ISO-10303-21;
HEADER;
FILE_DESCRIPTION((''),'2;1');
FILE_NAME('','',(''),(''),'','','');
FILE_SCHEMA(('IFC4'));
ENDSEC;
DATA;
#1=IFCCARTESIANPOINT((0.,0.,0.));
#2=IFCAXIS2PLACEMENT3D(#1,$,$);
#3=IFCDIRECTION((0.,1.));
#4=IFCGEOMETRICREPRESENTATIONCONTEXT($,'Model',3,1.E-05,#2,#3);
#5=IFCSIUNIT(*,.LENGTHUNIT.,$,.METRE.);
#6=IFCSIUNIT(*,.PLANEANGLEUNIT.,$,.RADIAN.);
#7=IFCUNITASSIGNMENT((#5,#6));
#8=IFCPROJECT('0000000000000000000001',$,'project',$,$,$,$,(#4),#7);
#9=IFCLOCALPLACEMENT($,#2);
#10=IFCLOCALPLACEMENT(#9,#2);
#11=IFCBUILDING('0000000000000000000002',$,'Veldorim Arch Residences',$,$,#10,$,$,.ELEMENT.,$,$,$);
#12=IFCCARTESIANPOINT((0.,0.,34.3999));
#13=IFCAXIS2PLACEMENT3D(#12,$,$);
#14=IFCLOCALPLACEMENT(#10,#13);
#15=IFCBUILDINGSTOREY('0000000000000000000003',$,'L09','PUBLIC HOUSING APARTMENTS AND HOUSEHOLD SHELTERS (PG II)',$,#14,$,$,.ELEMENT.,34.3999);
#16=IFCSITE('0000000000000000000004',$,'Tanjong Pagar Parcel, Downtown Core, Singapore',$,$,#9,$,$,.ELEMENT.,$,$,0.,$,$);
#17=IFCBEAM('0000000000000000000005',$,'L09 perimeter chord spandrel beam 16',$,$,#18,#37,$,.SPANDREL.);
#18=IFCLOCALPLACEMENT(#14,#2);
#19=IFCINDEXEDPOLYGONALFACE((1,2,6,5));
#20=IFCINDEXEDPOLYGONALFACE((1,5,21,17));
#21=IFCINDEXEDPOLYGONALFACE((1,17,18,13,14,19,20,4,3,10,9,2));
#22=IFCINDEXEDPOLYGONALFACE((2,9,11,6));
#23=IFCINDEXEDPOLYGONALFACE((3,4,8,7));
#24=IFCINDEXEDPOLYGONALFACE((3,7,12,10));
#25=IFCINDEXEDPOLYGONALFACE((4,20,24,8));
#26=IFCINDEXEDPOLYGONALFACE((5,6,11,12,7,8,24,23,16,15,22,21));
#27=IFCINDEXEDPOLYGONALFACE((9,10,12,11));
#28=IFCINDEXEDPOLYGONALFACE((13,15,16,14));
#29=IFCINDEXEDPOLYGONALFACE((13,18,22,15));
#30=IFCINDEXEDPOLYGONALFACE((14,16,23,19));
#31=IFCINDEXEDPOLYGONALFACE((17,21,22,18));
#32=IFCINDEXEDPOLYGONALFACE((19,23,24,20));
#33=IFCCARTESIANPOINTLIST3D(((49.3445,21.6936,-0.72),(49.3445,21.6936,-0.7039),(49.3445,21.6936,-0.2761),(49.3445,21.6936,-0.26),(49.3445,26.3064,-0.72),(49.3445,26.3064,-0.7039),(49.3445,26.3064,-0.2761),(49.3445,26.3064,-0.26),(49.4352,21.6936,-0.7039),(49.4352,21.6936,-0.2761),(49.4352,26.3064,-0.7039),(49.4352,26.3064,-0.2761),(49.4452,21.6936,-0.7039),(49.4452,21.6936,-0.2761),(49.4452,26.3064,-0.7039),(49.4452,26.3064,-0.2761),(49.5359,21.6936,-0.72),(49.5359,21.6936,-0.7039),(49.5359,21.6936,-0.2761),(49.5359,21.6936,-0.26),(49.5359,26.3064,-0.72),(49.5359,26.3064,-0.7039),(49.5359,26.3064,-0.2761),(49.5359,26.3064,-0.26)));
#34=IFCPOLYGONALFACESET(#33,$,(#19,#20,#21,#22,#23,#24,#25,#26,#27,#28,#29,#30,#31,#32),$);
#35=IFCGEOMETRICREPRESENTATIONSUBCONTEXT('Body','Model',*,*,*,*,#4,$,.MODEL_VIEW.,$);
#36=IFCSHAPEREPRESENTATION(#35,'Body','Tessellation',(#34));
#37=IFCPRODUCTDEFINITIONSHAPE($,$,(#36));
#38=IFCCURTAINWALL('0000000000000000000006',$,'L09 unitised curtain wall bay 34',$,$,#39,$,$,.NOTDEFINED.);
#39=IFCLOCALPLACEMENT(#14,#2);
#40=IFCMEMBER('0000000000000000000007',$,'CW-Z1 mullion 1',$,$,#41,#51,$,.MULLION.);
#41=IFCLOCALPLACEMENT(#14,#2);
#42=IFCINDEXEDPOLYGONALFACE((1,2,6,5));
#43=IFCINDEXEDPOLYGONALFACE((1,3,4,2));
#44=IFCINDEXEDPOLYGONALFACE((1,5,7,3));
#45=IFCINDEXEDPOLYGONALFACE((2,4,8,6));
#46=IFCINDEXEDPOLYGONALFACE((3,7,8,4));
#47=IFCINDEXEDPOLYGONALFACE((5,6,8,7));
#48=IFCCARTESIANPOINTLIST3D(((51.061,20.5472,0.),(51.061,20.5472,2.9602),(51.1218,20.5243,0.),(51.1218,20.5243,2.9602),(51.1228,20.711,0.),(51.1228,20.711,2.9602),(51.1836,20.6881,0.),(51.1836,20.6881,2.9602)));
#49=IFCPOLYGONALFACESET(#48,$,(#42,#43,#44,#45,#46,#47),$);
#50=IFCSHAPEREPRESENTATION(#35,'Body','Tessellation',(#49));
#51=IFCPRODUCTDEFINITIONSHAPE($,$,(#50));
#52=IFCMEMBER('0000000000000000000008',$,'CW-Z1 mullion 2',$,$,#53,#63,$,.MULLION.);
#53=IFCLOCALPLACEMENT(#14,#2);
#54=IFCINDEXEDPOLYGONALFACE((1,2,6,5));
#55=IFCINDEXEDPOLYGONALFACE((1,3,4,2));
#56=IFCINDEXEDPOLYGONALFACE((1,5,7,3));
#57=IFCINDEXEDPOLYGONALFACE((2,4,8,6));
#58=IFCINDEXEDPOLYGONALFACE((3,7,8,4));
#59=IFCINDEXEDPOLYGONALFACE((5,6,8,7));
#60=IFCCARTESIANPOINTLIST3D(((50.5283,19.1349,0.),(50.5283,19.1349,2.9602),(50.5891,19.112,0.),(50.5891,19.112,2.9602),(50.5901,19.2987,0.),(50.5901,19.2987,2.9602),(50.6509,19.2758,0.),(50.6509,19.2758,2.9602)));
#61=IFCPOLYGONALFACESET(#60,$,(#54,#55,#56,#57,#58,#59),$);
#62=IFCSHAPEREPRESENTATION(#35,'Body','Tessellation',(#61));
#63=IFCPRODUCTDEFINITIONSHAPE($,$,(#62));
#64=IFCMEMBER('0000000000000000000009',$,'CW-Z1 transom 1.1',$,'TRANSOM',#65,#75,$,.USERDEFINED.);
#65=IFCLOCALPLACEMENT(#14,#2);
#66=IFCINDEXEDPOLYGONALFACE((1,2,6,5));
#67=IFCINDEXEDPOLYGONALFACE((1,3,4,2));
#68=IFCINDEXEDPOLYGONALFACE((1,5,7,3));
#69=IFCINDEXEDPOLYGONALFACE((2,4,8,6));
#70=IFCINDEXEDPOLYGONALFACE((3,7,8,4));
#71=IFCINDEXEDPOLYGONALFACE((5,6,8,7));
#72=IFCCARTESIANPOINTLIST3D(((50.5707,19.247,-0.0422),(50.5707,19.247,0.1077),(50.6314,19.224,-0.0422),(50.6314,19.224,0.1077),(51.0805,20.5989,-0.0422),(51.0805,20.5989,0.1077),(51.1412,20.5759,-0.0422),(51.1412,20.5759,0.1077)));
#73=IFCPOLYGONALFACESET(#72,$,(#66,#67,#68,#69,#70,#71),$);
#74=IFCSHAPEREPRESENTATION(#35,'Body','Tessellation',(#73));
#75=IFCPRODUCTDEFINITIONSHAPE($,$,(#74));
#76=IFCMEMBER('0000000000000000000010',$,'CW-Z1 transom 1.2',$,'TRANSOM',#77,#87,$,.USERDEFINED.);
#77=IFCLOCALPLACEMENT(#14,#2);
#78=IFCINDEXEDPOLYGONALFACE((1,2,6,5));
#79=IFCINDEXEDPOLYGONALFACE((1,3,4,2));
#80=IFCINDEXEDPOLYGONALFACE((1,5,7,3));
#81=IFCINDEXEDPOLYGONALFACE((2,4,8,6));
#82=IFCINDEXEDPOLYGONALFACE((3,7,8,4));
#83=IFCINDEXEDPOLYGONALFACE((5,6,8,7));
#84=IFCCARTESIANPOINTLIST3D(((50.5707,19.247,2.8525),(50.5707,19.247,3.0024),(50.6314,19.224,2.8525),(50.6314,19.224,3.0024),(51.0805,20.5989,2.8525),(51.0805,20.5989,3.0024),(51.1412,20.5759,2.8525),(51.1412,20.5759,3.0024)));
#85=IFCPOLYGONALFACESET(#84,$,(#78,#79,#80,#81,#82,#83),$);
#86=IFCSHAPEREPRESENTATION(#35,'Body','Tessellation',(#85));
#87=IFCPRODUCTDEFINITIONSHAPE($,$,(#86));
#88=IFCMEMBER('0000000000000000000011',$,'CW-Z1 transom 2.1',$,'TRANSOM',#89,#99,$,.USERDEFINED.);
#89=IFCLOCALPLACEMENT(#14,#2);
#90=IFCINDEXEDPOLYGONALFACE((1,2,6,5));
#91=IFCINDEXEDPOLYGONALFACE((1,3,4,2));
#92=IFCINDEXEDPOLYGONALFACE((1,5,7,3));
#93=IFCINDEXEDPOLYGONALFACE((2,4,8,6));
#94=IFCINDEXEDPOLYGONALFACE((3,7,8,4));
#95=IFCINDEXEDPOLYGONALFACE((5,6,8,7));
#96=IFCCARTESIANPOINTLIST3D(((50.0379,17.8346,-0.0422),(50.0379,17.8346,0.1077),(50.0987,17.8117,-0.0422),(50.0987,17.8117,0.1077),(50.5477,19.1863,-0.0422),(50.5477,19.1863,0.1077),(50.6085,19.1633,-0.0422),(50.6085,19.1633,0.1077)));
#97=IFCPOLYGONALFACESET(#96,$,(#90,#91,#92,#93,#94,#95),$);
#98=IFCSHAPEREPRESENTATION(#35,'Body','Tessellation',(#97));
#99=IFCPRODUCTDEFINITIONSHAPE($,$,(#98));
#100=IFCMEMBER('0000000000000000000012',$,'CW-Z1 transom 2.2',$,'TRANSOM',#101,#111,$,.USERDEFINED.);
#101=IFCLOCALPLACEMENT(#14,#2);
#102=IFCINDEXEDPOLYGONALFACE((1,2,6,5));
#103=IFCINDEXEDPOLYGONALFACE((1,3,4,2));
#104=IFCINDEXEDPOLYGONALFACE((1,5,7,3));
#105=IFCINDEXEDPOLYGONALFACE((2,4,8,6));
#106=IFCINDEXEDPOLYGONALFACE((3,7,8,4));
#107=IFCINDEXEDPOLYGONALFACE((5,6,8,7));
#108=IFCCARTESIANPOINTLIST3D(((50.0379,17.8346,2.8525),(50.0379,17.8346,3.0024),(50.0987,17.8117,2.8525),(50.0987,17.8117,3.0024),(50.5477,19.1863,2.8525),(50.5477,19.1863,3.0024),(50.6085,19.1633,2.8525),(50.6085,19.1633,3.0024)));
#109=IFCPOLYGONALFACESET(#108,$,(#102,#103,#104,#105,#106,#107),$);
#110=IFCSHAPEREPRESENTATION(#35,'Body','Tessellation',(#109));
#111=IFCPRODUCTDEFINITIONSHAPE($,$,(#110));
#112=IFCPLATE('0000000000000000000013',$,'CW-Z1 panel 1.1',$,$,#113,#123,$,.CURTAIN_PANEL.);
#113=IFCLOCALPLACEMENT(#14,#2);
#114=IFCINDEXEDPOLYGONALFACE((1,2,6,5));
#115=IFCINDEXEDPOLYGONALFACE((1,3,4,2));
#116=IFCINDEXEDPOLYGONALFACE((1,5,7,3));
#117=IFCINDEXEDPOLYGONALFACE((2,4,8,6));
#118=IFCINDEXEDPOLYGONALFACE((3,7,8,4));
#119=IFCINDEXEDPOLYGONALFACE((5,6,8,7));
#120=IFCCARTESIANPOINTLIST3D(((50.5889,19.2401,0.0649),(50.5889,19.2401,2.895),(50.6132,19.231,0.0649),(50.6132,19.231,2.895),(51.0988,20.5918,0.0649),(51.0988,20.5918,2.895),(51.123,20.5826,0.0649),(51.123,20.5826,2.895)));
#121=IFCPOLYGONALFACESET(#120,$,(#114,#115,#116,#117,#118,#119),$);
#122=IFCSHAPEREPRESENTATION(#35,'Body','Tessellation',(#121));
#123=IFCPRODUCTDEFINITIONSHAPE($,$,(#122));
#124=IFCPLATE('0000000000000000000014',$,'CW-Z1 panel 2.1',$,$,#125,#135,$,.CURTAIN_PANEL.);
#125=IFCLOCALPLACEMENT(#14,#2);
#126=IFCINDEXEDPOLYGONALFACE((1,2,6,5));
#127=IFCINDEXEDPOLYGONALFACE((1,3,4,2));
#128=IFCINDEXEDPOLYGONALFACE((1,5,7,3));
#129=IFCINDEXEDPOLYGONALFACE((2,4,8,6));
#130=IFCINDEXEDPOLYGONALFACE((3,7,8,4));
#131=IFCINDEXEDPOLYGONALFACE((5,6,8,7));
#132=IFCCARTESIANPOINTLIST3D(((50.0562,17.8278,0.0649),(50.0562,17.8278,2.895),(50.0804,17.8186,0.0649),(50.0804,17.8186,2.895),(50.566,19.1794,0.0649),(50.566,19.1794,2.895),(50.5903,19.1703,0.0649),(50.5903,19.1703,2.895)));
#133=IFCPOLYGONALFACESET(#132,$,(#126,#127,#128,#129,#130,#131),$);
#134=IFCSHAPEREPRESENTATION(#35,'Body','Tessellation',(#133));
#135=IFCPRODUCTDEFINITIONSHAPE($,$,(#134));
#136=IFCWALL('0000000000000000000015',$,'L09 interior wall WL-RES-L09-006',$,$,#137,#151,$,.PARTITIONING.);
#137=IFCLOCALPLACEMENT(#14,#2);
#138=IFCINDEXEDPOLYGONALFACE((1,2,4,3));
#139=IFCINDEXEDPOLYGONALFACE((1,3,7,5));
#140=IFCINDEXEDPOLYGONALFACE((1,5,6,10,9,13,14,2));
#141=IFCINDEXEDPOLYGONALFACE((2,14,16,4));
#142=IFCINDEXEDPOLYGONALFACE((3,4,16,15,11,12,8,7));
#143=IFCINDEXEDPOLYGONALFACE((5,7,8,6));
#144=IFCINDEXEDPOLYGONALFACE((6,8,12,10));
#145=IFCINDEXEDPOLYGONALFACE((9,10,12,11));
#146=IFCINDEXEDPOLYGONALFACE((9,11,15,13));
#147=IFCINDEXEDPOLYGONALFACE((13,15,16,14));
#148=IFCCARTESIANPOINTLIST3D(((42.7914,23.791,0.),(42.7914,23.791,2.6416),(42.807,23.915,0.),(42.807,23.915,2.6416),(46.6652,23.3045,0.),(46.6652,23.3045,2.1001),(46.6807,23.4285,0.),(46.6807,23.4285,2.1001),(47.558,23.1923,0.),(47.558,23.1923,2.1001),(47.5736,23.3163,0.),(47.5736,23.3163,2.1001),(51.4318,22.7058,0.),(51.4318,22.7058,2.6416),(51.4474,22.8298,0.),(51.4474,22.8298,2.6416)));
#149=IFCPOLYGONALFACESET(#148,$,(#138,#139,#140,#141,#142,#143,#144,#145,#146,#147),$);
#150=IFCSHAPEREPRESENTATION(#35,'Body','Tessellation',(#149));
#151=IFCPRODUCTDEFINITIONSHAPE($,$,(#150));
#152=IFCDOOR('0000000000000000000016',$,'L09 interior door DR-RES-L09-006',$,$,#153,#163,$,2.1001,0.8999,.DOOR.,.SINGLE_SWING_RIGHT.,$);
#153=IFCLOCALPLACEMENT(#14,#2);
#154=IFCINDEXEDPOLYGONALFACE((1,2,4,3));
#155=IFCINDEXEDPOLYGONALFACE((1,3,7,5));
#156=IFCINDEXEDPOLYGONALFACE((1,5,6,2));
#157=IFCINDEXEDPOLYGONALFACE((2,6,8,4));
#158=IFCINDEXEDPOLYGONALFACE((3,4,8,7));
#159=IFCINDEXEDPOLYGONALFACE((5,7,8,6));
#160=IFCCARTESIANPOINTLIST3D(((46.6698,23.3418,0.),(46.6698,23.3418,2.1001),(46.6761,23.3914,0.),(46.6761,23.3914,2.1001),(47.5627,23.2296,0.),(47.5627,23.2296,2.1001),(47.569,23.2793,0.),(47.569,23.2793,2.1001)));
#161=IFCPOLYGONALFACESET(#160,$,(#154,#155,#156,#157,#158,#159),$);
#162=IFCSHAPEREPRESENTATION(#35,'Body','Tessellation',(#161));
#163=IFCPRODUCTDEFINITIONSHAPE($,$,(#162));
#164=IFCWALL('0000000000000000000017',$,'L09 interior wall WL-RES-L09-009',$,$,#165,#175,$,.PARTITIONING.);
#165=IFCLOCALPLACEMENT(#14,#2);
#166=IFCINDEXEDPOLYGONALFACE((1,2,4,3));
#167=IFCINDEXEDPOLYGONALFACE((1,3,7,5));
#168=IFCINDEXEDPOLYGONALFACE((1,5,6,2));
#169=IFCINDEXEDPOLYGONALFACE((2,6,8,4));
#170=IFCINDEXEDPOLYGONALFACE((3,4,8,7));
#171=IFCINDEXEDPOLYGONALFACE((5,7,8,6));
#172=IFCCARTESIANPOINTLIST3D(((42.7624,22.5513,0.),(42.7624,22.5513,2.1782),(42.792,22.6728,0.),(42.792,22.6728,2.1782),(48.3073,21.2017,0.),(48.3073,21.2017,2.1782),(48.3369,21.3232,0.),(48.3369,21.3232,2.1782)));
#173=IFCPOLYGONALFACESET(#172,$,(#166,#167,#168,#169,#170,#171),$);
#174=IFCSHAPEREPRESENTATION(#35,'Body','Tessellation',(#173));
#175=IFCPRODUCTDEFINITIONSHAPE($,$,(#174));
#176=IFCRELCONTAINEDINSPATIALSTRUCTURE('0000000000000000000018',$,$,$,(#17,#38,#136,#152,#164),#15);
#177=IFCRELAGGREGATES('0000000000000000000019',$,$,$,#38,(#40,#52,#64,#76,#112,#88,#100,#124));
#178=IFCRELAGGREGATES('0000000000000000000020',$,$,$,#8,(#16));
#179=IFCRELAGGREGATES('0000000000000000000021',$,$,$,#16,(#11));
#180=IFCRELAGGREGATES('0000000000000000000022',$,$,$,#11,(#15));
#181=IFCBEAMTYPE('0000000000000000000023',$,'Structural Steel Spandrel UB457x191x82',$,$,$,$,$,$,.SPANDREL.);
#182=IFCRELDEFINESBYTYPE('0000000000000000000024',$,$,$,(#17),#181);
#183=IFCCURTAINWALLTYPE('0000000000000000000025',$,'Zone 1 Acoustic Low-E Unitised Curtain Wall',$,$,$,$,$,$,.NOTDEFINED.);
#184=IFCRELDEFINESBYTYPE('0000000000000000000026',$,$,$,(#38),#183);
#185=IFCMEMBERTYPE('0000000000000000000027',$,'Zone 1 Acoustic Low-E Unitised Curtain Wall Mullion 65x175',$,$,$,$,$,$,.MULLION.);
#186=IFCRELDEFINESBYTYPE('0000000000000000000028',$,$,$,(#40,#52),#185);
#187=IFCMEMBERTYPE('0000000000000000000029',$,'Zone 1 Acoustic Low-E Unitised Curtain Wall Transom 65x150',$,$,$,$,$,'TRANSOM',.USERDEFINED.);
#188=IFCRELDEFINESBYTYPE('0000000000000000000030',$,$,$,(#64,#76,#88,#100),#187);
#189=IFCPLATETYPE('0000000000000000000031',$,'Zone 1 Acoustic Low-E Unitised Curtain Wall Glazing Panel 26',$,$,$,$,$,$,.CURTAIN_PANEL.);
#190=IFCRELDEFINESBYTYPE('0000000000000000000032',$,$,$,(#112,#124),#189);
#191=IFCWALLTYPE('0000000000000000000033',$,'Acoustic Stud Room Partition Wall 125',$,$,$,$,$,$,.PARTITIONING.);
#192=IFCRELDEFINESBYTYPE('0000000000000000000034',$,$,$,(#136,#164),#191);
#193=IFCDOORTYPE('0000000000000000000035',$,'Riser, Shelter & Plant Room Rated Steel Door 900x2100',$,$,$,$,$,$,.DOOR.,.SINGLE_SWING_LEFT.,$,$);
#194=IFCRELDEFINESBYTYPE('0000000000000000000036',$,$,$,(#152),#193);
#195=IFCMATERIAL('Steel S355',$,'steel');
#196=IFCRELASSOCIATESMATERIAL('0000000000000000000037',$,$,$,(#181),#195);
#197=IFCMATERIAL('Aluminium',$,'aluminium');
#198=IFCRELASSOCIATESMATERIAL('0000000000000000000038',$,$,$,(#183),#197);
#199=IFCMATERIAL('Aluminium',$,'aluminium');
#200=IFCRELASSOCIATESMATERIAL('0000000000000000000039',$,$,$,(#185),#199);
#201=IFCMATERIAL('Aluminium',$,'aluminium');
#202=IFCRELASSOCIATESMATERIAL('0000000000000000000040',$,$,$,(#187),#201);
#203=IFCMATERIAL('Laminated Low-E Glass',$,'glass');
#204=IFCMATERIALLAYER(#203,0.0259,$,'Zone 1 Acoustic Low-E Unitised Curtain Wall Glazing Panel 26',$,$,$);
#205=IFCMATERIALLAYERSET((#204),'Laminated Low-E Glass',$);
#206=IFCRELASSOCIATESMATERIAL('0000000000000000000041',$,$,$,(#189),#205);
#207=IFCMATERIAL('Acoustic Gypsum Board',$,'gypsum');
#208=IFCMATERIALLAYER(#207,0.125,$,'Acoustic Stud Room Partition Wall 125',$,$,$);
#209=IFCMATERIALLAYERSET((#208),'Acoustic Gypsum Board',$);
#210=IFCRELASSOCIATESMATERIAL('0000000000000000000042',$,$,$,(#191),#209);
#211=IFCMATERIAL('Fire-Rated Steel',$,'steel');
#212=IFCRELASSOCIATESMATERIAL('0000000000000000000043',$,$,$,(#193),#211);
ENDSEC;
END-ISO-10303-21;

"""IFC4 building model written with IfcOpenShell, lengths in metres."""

from ifc_helpers import new_model, si_unit, direction, frame, frame_2d, origin, origin_2d, place, context, subcontext, project, spatial, rectangle, i_section, extrude, material, layer, layer_set, material_profile, profile_set, type_object, element, fill, aggregate, save


model = new_model("IFC4")

# Units and contexts
model_context = context("Model", 3, precision=1e-05, world=origin(), true_north=direction((0.0, 1.0)))
body_context = subcontext(model_context, "Body", "Model", "MODEL_VIEW")
ifc_project = project(units=[si_unit("LENGTHUNIT", "METRE"), si_unit("PLANEANGLEUNIT", "RADIAN")], contexts=[model_context])

# Site, building, storey
site_placement = place(None, origin())
site = spatial("IfcSite", under=ifc_project, at=site_placement, Name="Tanjong Pagar Parcel, Downtown Core, Singapore", CompositionType="ELEMENT", RefElevation=0.0)
building_placement = place(site_placement, origin())
building = spatial("IfcBuilding", under=site, at=building_placement, Name="Veldorim Arch Residences", CompositionType="ELEMENT")
storey_placement = place(building_placement, frame((0.0, 0.0, 34.3999)))
storey = spatial("IfcBuildingStorey", under=building, at=storey_placement, Name="L09", Description="PUBLIC HOUSING APARTMENTS AND HOUSEHOLD SHELTERS (PG II)", CompositionType="ELEMENT", Elevation=34.3999)

# Beam
ifc_material_1 = material(Name="Steel S355", Category="steel")
ifc_material_profile_1 = material_profile(ifc_material_1, i_section(OverallWidth=0.1914, OverallDepth=0.46, WebThickness=0.01, FlangeThickness=0.0161, at=origin_2d()), Name="UB457x191x82")
ifc_profile_set_1 = profile_set([ifc_material_profile_1], Name="Steel S355")
beam_type_1 = type_object("IfcBeamType", Name="Structural Steel Spandrel UB457x191x82", PredefinedType="SPANDREL", material=ifc_profile_set_1)
beam_1_placement = place(storey_placement, frame((49.4402, 21.6936, -0.49), z_axis=(0.0, 1.0, 0.0), x_axis=(-1.0, 0.0, 0.0)))
element("IfcBeam", 1, at=beam_1_placement, inside=storey, type_object=beam_type_1, Name="L09 perimeter chord spandrel beam 16", PredefinedType="SPANDREL", context=body_context, shape_type="SweptSolid", body=[
    extrude(i_section(OverallWidth=0.1914, OverallDepth=0.46, WebThickness=0.01, FlangeThickness=0.0161, at=origin_2d()), origin(), (0.0, 0.0, 1.0), 4.6128),
])

# Curtain wall, members, plates
ifc_material_2 = material(Name="Aluminium", Category="aluminium")
curtain_wall_type = type_object("IfcCurtainWallType", Name="Zone 1 Acoustic Low-E Unitised Curtain Wall", PredefinedType="NOTDEFINED", material=ifc_material_2)
curtain_wall_placement = place(storey_placement, origin())
curtain_wall = element("IfcCurtainWall", 2, at=curtain_wall_placement, inside=storey, type_object=curtain_wall_type, Name="L09 unitised curtain wall bay 34", PredefinedType="NOTDEFINED")
ifc_material_3 = material(Name="Aluminium", Category="aluminium")
ifc_material_profile_2 = material_profile(ifc_material_3, rectangle(XDim=0.0649, YDim=0.175, at=origin_2d()), Name="ALU_MUL_65x175")
ifc_profile_set_2 = profile_set([ifc_material_profile_2], Name="Aluminium")
member_type_1 = type_object("IfcMemberType", Name="Zone 1 Acoustic Low-E Unitised Curtain Wall Mullion 65x175", PredefinedType="MULLION", material=ifc_profile_set_2)
member_1_placement = place(storey_placement, frame((51.1223, 20.6177, 0.0), z_axis=(0.0, 0.0, 1.0), x_axis=(0.935656, -0.352914, 0.0)))
member_1 = element("IfcMember", 3, at=member_1_placement, type_object=member_type_1, Name="CW-Z1 mullion 1", PredefinedType="MULLION", context=body_context, shape_type="SweptSolid", body=[
    extrude(rectangle(XDim=0.0649, YDim=0.175, at=origin_2d()), origin(), (0.0, 0.0, 1.0), 2.9602),
])
member_2_placement = place(storey_placement, frame((50.5896, 19.2053, 0.0), z_axis=(0.0, 0.0, 1.0), x_axis=(0.935656, -0.352914, 0.0)))
member_2 = element("IfcMember", 4, at=member_2_placement, type_object=member_type_1, Name="CW-Z1 mullion 2", PredefinedType="MULLION", context=body_context, shape_type="SweptSolid", body=[
    extrude(rectangle(XDim=0.0649, YDim=0.175, at=origin_2d()), origin(), (0.0, 0.0, 1.0), 2.9602),
])
ifc_material_4 = material(Name="Aluminium", Category="aluminium")
ifc_material_profile_3 = material_profile(ifc_material_4, rectangle(XDim=0.0649, YDim=0.1499, at=origin_2d()), Name="ALU_TRN_65x150")
ifc_profile_set_3 = profile_set([ifc_material_profile_3], Name="Aluminium")
member_type_2 = type_object("IfcMemberType", Name="Zone 1 Acoustic Low-E Unitised Curtain Wall Transom 65x150", ElementType="TRANSOM", PredefinedType="USERDEFINED", material=ifc_profile_set_3)
member_3_placement = place(storey_placement, frame((51.1108, 20.5874, 0.0327), z_axis=(-0.352845, -0.935682, 0.0), x_axis=(0.935682, -0.352845, 0.0)))
member_3 = element("IfcMember", 5, at=member_3_placement, type_object=member_type_2, Name="CW-Z1 transom 1.1", ObjectType="TRANSOM", PredefinedType="USERDEFINED", context=body_context, shape_type="SweptSolid", body=[
    extrude(rectangle(XDim=0.0649, YDim=0.1499, at=origin_2d()), origin(), (0.0, 0.0, 1.0), 1.4448),
])
member_4_placement = place(storey_placement, frame((51.1108, 20.5874, 2.9275), z_axis=(-0.352845, -0.935682, 0.0), x_axis=(0.935682, -0.352845, 0.0)))
member_4 = element("IfcMember", 6, at=member_4_placement, type_object=member_type_2, Name="CW-Z1 transom 1.2", ObjectType="TRANSOM", PredefinedType="USERDEFINED", context=body_context, shape_type="SweptSolid", body=[
    extrude(rectangle(XDim=0.0649, YDim=0.1499, at=origin_2d()), origin(), (0.0, 0.0, 1.0), 1.4448),
])
member_5_placement = place(storey_placement, frame((50.5781, 19.1748, 0.0327), z_axis=(-0.352901, -0.935661, 0.0), x_axis=(0.935661, -0.352901, 0.0)))
member_5 = element("IfcMember", 7, at=member_5_placement, type_object=member_type_2, Name="CW-Z1 transom 2.1", ObjectType="TRANSOM", PredefinedType="USERDEFINED", context=body_context, shape_type="SweptSolid", body=[
    extrude(rectangle(XDim=0.0649, YDim=0.1499, at=origin_2d()), origin(), (0.0, 0.0, 1.0), 1.4446),
])
member_6_placement = place(storey_placement, frame((50.5781, 19.1748, 2.9275), z_axis=(-0.352901, -0.935661, 0.0), x_axis=(0.935661, -0.352901, 0.0)))
member_6 = element("IfcMember", 8, at=member_6_placement, type_object=member_type_2, Name="CW-Z1 transom 2.2", ObjectType="TRANSOM", PredefinedType="USERDEFINED", context=body_context, shape_type="SweptSolid", body=[
    extrude(rectangle(XDim=0.0649, YDim=0.1499, at=origin_2d()), origin(), (0.0, 0.0, 1.0), 1.4446),
])
ifc_material_5 = material(Name="Laminated Low-E Glass", Category="glass")
ifc_layer_1 = layer(ifc_material_5, 0.0259, Name="Zone 1 Acoustic Low-E Unitised Curtain Wall Glazing Panel 26")
ifc_layer_set_1 = layer_set([ifc_layer_1], Name="Laminated Low-E Glass")
plate_type = type_object("IfcPlateType", Name="Zone 1 Acoustic Low-E Unitised Curtain Wall Glazing Panel 26", PredefinedType="CURTAIN_PANEL", material=ifc_layer_set_1)
plate_1_placement = place(storey_placement, frame((50.856, 19.9114, 0.0649), z_axis=(0.0, 0.0, 1.0), x_axis=(-0.352914, -0.935656, 0.0)))
plate_1 = element("IfcPlate", 9, at=plate_1_placement, type_object=plate_type, Name="CW-Z1 panel 1.1", PredefinedType="CURTAIN_PANEL", context=body_context, shape_type="SweptSolid", body=[
    extrude(rectangle(XDim=1.4446, YDim=0.0259, at=origin_2d()), origin(), (0.0, 0.0, 1.0), 2.8301),
])
plate_2_placement = place(storey_placement, frame((50.3232, 18.499, 0.0649), z_axis=(0.0, 0.0, 1.0), x_axis=(-0.352914, -0.935656, 0.0)))
plate_2 = element("IfcPlate", 10, at=plate_2_placement, type_object=plate_type, Name="CW-Z1 panel 2.1", PredefinedType="CURTAIN_PANEL", context=body_context, shape_type="SweptSolid", body=[
    extrude(rectangle(XDim=1.4446, YDim=0.0259, at=origin_2d()), origin(), (0.0, 0.0, 1.0), 2.8301),
])
aggregate(curtain_wall, [member_1, member_2, member_3, member_4, plate_1, member_5, member_6, plate_2])

# Wall, opening, door
ifc_material_6 = material(Name="Acoustic Gypsum Board", Category="gypsum")
ifc_layer_2 = layer(ifc_material_6, 0.125, Name="Acoustic Stud Room Partition Wall 125")
ifc_layer_set_2 = layer_set([ifc_layer_2], Name="Acoustic Gypsum Board")
wall_type_1 = type_object("IfcWallType", Name="Acoustic Stud Room Partition Wall 125", PredefinedType="PARTITIONING", material=ifc_layer_set_2)
wall_1_placement = place(storey_placement, frame((51.4395, 22.7678, 0.0), z_axis=(0.0, 0.0, 1.0), x_axis=(-0.992205, 0.124618, 0.0)))
wall_1 = element("IfcWall", 11, at=wall_1_placement, inside=storey, type_object=wall_type_1, Name="L09 interior wall WL-RES-L09-006", PredefinedType="PARTITIONING", context=body_context, shape_type="SweptSolid", body=[
    extrude(rectangle(XDim=8.7083, YDim=0.125, at=frame_2d((4.354, 0.0))), origin(), (0.0, 0.0, 1.0), 2.6416),
])
opening_1_placement = place(wall_1_placement, frame((3.9041, 0.0, 0.0)))
opening_1 = element("IfcOpeningElement", 12, at=opening_1_placement, cuts=wall_1, PredefinedType="OPENING", context=body_context, shape_type="SweptSolid", body=[
    extrude(rectangle(XDim=0.8999, YDim=2.1001, at=frame_2d((0.45, 1.05))), frame((0.0, 0.0725, 0.0), z_axis=(0.0, -1.0, 0.0), x_axis=(1.0, 0.0, 0.0)), (0.0, 0.0, 1.0), 0.145),
])
ifc_material_7 = material(Name="Fire-Rated Steel", Category="steel")
door_type_1 = type_object("IfcDoorType", Name="Riser, Shelter & Plant Room Rated Steel Door 900x2100", OperationType="SINGLE_SWING_LEFT", PredefinedType="DOOR", material=ifc_material_7)
door_1_placement = place(opening_1_placement, origin())
door_1 = element("IfcDoor", 13, at=door_1_placement, inside=storey, type_object=door_type_1, Name="L09 interior door DR-RES-L09-006", OperationType="SINGLE_SWING_RIGHT", OverallHeight=2.1001, OverallWidth=0.8999, PredefinedType="DOOR", context=body_context, shape_type="SweptSolid", body=[
    extrude(rectangle(XDim=0.8999, YDim=2.1001, at=frame_2d((0.45, 1.05))), frame((0.0, 0.0249, 0.0), z_axis=(0.0, -1.0, 0.0), x_axis=(1.0, 0.0, 0.0)), (0.0, 0.0, 1.0), 0.05),
])
fill(opening_1, door_1)

# Wall
wall_2_placement = place(storey_placement, frame((42.7771, 22.6121, 0.0), z_axis=(0.0, 0.0, 1.0), x_axis=(0.971634, -0.236491, 0.0)))
element("IfcWall", 14, at=wall_2_placement, inside=storey, type_object=wall_type_1, Name="L09 interior wall WL-RES-L09-009", PredefinedType="PARTITIONING", context=body_context, shape_type="SweptSolid", body=[
    extrude(rectangle(XDim=5.7068, YDim=0.125, at=frame_2d((2.8535, 0.0))), origin(), (0.0, 0.0, 1.0), 2.1782),
])

save(model, "model.ifc")
